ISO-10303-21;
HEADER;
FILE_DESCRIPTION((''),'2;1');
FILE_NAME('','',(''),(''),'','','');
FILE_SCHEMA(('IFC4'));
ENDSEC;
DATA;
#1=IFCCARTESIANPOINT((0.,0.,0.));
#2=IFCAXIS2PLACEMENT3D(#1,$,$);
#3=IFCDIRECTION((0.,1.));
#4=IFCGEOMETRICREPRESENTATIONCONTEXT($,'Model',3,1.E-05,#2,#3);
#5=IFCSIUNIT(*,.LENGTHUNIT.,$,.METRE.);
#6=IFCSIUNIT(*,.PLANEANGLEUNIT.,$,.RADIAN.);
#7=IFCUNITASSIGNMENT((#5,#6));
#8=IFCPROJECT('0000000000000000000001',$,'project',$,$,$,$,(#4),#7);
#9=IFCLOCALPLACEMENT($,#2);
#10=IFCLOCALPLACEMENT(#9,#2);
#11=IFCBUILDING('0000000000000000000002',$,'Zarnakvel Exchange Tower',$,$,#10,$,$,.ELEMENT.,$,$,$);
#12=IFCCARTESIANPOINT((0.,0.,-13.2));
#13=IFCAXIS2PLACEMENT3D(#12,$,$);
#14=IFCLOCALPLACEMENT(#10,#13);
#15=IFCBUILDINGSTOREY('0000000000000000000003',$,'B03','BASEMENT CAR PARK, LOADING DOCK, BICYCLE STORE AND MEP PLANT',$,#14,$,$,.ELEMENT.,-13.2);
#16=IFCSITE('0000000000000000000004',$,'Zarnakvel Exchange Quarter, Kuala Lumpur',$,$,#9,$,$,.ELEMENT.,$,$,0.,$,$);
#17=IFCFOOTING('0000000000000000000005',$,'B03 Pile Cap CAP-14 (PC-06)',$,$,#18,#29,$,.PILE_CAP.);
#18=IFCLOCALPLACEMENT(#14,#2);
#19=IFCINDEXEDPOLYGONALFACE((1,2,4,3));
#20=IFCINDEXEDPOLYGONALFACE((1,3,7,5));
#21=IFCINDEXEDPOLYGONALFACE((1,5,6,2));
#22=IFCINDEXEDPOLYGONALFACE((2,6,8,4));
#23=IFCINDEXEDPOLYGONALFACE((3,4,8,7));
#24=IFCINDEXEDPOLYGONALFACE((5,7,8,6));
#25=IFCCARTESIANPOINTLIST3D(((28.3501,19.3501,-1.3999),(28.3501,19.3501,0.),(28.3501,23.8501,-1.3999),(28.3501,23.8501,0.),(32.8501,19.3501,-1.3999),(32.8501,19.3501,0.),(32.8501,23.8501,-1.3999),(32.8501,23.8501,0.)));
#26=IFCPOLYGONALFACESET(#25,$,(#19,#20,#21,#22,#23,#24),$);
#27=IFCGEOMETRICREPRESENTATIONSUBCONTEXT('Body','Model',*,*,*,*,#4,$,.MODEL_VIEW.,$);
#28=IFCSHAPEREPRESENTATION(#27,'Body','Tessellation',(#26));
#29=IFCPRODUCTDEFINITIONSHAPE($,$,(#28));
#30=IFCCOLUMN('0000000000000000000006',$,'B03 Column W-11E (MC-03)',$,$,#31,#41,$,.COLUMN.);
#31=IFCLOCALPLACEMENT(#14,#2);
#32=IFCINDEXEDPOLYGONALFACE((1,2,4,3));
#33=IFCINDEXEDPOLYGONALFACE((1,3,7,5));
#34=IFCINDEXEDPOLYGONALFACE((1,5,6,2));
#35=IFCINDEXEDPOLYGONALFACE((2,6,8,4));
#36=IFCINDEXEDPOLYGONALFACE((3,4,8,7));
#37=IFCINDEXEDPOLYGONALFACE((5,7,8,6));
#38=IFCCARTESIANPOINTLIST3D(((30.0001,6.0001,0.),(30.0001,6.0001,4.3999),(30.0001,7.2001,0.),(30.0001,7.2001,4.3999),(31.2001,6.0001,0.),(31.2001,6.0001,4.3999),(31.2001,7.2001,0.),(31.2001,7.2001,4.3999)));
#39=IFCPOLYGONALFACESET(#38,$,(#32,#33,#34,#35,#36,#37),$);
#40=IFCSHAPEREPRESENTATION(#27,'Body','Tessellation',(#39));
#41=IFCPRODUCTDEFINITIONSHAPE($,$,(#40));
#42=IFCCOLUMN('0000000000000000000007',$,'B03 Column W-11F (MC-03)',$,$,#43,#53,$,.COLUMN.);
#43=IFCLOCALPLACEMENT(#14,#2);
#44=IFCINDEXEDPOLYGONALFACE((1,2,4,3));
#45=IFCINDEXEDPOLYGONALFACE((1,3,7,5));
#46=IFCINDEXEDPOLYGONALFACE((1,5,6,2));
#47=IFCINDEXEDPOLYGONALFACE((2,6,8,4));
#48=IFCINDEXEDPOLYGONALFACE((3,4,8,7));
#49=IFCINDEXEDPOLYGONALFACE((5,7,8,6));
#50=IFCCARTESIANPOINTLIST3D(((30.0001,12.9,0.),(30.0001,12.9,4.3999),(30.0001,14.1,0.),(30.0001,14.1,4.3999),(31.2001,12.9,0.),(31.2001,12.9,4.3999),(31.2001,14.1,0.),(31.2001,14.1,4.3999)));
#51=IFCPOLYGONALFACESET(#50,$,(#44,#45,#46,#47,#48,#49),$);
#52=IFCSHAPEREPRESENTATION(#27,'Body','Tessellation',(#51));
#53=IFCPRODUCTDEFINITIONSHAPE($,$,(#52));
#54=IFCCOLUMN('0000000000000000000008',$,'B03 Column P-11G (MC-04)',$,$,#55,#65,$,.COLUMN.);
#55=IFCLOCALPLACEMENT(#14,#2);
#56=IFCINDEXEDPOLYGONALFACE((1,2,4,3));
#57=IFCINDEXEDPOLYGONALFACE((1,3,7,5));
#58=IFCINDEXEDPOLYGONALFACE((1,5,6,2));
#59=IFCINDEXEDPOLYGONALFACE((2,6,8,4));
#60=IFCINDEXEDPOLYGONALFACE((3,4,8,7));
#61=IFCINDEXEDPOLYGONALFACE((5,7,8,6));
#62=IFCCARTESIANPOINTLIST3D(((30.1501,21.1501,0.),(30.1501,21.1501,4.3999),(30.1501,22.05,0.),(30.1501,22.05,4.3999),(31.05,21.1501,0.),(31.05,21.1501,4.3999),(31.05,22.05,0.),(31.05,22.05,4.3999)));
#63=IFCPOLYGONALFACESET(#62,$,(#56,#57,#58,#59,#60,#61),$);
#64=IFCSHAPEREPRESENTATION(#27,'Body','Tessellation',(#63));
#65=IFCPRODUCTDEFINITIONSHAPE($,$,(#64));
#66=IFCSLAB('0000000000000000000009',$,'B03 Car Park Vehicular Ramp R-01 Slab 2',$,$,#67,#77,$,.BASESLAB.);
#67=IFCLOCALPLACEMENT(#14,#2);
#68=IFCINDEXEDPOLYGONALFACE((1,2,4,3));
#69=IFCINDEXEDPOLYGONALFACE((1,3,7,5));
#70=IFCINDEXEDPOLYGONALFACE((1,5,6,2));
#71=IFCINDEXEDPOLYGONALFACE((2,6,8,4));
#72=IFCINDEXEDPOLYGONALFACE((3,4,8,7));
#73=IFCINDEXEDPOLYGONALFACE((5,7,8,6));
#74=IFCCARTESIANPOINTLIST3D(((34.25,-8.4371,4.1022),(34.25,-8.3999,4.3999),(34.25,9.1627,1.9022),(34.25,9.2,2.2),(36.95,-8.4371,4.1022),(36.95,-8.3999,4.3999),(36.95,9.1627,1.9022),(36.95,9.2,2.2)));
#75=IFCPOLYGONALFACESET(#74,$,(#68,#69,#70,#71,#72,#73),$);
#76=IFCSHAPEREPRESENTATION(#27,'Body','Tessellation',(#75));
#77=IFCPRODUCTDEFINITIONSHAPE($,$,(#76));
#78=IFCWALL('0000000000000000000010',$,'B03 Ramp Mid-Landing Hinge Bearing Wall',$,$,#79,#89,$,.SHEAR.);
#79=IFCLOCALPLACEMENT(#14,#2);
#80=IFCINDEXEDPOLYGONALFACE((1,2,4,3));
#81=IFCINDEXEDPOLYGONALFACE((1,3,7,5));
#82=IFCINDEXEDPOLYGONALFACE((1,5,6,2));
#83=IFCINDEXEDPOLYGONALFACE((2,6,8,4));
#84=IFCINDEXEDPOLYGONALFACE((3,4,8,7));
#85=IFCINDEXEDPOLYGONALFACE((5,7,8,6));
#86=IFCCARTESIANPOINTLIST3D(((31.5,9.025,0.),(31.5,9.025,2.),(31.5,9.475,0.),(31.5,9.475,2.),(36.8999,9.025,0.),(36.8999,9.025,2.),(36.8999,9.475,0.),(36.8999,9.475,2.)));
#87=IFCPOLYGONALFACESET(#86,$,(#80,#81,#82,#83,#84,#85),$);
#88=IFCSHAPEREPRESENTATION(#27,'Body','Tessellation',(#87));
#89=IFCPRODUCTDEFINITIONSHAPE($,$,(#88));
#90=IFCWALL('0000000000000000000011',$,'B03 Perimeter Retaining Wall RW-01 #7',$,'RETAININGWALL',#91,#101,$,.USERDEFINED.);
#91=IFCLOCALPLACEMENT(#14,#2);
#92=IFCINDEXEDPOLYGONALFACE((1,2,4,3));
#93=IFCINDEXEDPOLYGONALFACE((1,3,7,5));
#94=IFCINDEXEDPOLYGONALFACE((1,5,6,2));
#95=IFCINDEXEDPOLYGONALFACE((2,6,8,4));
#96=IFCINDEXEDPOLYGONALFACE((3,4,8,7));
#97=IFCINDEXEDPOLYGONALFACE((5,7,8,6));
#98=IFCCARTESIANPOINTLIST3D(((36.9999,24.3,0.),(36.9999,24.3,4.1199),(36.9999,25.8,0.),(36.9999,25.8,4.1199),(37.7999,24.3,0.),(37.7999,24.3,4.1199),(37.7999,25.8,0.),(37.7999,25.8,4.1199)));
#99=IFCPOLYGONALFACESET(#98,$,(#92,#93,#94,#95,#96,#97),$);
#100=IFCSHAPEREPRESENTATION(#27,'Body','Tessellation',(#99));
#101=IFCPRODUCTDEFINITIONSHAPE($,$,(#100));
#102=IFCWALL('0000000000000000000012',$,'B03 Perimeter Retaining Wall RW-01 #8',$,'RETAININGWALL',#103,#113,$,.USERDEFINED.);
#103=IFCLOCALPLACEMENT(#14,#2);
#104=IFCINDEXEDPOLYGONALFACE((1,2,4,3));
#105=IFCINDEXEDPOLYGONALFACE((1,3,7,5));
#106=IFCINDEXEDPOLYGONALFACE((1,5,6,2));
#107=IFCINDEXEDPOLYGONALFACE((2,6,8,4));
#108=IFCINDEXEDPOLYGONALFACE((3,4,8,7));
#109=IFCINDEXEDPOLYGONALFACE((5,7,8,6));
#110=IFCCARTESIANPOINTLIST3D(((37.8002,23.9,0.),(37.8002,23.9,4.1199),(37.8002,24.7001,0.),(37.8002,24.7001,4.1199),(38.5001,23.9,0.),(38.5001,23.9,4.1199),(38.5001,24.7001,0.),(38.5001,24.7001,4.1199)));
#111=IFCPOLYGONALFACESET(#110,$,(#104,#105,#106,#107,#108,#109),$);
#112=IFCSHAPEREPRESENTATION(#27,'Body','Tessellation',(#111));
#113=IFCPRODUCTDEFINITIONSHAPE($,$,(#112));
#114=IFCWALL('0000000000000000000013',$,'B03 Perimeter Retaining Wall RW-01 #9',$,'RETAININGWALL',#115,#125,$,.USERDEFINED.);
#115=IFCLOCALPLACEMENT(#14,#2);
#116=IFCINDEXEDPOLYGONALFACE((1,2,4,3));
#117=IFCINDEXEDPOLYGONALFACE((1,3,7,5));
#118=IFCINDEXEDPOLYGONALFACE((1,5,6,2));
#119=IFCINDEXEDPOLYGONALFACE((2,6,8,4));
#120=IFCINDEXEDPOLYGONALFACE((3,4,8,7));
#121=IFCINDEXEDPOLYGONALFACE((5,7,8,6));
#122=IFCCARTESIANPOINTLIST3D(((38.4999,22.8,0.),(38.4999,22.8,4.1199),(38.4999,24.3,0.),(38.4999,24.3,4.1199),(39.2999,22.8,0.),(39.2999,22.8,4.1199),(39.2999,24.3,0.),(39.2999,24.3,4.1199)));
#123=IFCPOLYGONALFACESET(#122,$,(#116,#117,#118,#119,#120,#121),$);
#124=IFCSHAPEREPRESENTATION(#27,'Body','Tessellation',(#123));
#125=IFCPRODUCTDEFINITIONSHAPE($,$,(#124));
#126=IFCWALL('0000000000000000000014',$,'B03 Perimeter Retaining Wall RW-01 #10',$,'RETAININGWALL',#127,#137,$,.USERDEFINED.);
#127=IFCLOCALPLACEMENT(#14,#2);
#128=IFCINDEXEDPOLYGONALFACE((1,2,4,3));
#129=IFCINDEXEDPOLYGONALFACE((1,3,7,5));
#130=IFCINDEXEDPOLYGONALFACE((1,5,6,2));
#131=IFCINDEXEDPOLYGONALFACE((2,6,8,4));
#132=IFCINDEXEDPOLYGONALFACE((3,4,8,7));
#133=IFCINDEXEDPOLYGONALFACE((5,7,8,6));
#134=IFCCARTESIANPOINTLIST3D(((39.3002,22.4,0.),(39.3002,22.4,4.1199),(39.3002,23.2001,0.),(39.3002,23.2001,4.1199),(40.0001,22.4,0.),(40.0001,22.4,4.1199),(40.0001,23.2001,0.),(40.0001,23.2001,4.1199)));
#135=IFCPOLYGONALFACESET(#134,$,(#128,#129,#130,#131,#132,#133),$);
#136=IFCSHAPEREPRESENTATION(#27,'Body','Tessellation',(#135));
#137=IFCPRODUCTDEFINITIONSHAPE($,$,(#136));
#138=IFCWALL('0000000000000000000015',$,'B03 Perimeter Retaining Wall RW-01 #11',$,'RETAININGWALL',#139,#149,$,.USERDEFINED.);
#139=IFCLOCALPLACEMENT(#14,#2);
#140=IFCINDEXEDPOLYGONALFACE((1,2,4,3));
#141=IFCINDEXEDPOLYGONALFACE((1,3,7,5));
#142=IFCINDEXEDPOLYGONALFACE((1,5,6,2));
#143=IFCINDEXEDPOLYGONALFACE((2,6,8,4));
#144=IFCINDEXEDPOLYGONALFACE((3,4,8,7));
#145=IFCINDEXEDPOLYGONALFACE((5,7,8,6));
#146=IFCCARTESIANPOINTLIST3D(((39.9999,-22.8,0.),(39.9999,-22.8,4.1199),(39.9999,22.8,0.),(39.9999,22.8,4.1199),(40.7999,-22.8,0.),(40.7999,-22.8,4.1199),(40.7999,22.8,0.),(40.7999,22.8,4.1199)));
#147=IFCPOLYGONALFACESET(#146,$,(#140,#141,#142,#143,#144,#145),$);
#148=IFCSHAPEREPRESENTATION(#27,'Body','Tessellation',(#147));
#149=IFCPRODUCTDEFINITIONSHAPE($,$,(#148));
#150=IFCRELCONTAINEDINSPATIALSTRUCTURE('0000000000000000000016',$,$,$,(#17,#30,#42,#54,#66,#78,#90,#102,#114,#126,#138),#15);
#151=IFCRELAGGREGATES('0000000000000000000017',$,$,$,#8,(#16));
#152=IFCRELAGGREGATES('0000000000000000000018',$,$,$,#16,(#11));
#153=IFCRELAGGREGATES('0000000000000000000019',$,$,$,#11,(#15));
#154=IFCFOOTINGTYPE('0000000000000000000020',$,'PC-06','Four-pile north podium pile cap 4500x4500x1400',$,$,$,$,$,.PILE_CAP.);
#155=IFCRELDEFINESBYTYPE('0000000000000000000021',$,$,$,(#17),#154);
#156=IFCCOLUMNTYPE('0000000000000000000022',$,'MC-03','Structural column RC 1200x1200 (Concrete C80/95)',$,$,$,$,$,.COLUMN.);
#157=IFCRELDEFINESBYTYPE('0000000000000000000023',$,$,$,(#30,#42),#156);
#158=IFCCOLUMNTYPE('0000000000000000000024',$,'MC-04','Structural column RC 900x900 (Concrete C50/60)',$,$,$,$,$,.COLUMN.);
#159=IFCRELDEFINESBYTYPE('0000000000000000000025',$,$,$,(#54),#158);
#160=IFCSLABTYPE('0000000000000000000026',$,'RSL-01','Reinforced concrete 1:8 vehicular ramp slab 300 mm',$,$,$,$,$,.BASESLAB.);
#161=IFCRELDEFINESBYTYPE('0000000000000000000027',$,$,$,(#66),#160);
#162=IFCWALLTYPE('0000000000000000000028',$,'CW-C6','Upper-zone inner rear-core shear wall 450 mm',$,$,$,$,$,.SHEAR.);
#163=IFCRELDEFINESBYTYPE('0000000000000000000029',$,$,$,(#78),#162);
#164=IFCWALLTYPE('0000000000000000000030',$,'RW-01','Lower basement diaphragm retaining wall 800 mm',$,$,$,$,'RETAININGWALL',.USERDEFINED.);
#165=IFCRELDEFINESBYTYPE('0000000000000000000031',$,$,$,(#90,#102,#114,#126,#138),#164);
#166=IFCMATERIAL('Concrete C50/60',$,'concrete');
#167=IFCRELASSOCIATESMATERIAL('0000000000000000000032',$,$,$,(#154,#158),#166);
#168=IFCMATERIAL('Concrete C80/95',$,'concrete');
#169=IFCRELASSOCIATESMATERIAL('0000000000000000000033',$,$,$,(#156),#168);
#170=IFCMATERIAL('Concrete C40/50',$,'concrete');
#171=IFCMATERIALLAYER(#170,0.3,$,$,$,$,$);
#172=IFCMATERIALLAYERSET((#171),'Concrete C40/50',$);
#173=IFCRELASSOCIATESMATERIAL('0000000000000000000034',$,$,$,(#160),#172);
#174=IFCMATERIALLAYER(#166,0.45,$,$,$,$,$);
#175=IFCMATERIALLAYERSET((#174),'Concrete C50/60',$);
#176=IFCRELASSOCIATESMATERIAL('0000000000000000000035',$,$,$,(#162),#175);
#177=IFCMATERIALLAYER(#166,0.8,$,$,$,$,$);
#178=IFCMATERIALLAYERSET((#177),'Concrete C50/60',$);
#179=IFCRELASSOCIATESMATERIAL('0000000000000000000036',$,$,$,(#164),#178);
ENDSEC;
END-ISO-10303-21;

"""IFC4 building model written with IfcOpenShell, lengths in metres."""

from ifc_helpers import new_model, si_unit, direction, frame, frame_2d, origin, origin_2d, place, context, subcontext, project, spatial, polyline, rectangle, outline, extrude, source, transform, mapped, material, layer, layer_set, material_profile, profile_set, type_object, element, save


model = new_model("IFC4")

# Units and contexts
model_context = context("Model", 3, precision=1e-05, world=origin(), true_north=direction((0.0, 1.0)))
body_context = subcontext(model_context, "Body", "Model", "MODEL_VIEW")
ifc_project = project(units=[si_unit("LENGTHUNIT", "METRE"), si_unit("PLANEANGLEUNIT", "RADIAN")], contexts=[model_context])

# Site, building, storey
site_placement = place(None, origin())
site = spatial("IfcSite", under=ifc_project, at=site_placement, Name="Zarnakvel Exchange Quarter, Kuala Lumpur", CompositionType="ELEMENT", RefElevation=0.0)
building_placement = place(site_placement, origin())
building = spatial("IfcBuilding", under=site, at=building_placement, Name="Zarnakvel Exchange Tower", CompositionType="ELEMENT")
storey_placement = place(building_placement, frame((0.0, 0.0, -13.2)))
storey = spatial("IfcBuildingStorey", under=building, at=storey_placement, Name="B03", Description="BASEMENT CAR PARK, LOADING DOCK, BICYCLE STORE AND MEP PLANT", CompositionType="ELEMENT", Elevation=-13.2)

# Shared definitions
ifc_material_1 = material(Name="Concrete C50/60", Category="concrete")

# Footing
footing_type_1 = type_object("IfcFootingType", Name="PC-06", Description="Four-pile north podium pile cap 4500x4500x1400", PredefinedType="PILE_CAP", material=ifc_material_1)
shared_shape_1 = source(origin(), body_context, "Body", "SweptSolid", [
    extrude(rectangle(XDim=4.5, YDim=4.5, at=origin_2d()), origin(), (0.0, 0.0, 1.0), 1.3999),
])
footing_1_placement = place(storey_placement, frame((30.6001, 21.6001, -1.3999), z_axis=(0.0, 0.0, 1.0), x_axis=(1.0, 0.0, 0.0)))
element("IfcFooting", 1, at=footing_1_placement, inside=storey, type_object=footing_type_1, Name="B03 Pile Cap CAP-14 (PC-06)", PredefinedType="PILE_CAP", context=body_context, shape_type="MappedRepresentation", body=[
    mapped(shared_shape_1, transform((0.0, 0.0, 0.0), x_axis=(1.0, 0.0, 0.0), y_axis=(0.0, 1.0, 0.0), z_axis=(0.0, 0.0, 1.0), scale=1.0)),
])

# Columns
ifc_material_2 = material(Name="Concrete C80/95", Category="concrete")
ifc_material_profile_1 = material_profile(ifc_material_2, rectangle(XDim=1.2, YDim=1.2, at=origin_2d()))
ifc_profile_set_1 = profile_set([ifc_material_profile_1], Name="Concrete C80/95")
column_type_1 = type_object("IfcColumnType", Name="MC-03", Description="Structural column RC 1200x1200 (Concrete C80/95)", PredefinedType="COLUMN", material=ifc_profile_set_1)
for number, where, z_axis, x_axis, name in (
    (2, (30.6001, 6.6001, 0.0), (0.0, 0.0, 1.0), (1.0, 0.0, 0.0), "B03 Column W-11E (MC-03)"),
    (3, (30.6001, 13.5, 0.0), (0.0, 0.0, 1.0), (1.0, 0.0, 0.0), "B03 Column W-11F (MC-03)"),
):
    element("IfcColumn", number, at=place(storey_placement, frame(where, z_axis=z_axis, x_axis=x_axis)), inside=storey, type_object=column_type_1, Name=name, PredefinedType="COLUMN", context=body_context, shape_type="SweptSolid", body=[
        extrude(rectangle(XDim=1.2, YDim=1.2, at=origin_2d()), origin(), (0.0, 0.0, 1.0), 4.3999),
    ])
ifc_material_profile_2 = material_profile(ifc_material_1, rectangle(XDim=0.8999, YDim=0.8999, at=origin_2d()))
ifc_profile_set_2 = profile_set([ifc_material_profile_2], Name="Concrete C50/60")
column_type_2 = type_object("IfcColumnType", Name="MC-04", Description="Structural column RC 900x900 (Concrete C50/60)", PredefinedType="COLUMN", material=ifc_profile_set_2)
column_placement = place(storey_placement, frame((30.6001, 21.6001, 0.0), z_axis=(0.0, 0.0, 1.0), x_axis=(1.0, 0.0, 0.0)))
element("IfcColumn", 4, at=column_placement, inside=storey, type_object=column_type_2, Name="B03 Column P-11G (MC-04)", PredefinedType="COLUMN", context=body_context, shape_type="SweptSolid", body=[
    extrude(rectangle(XDim=0.8999, YDim=0.8999, at=origin_2d()), origin(), (0.0, 0.0, 1.0), 4.3999),
])

# Slab
ifc_material_3 = material(Name="Concrete C40/50", Category="concrete")
ifc_layer_1 = layer(ifc_material_3, 0.3)
ifc_layer_set_1 = layer_set([ifc_layer_1], Name="Concrete C40/50")
slab_type = type_object("IfcSlabType", Name="RSL-01", Description="Reinforced concrete 1:8 vehicular ramp slab 300 mm", PredefinedType="BASESLAB", material=ifc_layer_set_1)
slab_placement = place(storey_placement, frame((34.25, 9.2, 2.2), z_axis=(0.0, 0.124033, 0.992278), x_axis=(1.0, 0.0, 0.0)))
element("IfcSlab", 5, at=slab_placement, inside=storey, type_object=slab_type, Name="B03 Car Park Vehicular Ramp R-01 Slab 2", PredefinedType="BASESLAB", context=body_context, shape_type="SweptSolid", body=[
    extrude(outline(polyline([(0.0, 0.0), (2.7, 0.0), (2.7, -17.7368), (0.0, -17.7368), (0.0, 0.0)])), origin(), (0.0, 0.0, -1.0), 0.3),
])

# Walls
ifc_layer_2 = layer(ifc_material_1, 0.45)
ifc_layer_set_2 = layer_set([ifc_layer_2], Name="Concrete C50/60")
wall_type_1 = type_object("IfcWallType", Name="CW-C6", Description="Upper-zone inner rear-core shear wall 450 mm", PredefinedType="SHEAR", material=ifc_layer_set_2)
wall_1_placement = place(storey_placement, frame((31.5, 9.25, 0.0), z_axis=(0.0, 0.0, 1.0), x_axis=(1.0, 0.0, 0.0)))
element("IfcWall", 6, at=wall_1_placement, inside=storey, type_object=wall_type_1, Name="B03 Ramp Mid-Landing Hinge Bearing Wall", PredefinedType="SHEAR", context=body_context, shape_type="SweptSolid", body=[
    extrude(rectangle(XDim=5.3999, YDim=0.45, at=frame_2d((2.7, 0.0))), origin(), (0.0, 0.0, 1.0), 2.0),
])
ifc_layer_3 = layer(ifc_material_1, 0.8)
ifc_layer_set_3 = layer_set([ifc_layer_3], Name="Concrete C50/60")
wall_type_2 = type_object("IfcWallType", Name="RW-01", Description="Lower basement diaphragm retaining wall 800 mm", ElementType="RETAININGWALL", PredefinedType="USERDEFINED", material=ifc_layer_set_3)
wall_2_placement = place(storey_placement, frame((37.3999, 25.8, 0.0), z_axis=(0.0, 0.0, 1.0), x_axis=(0.0, -1.0, 0.0)))
element("IfcWall", 7, at=wall_2_placement, inside=storey, type_object=wall_type_2, Name="B03 Perimeter Retaining Wall RW-01 #7", ObjectType="RETAININGWALL", PredefinedType="USERDEFINED", context=body_context, shape_type="SweptSolid", body=[
    extrude(rectangle(XDim=1.5, YDim=0.8, at=frame_2d((0.75, 0.0))), origin(), (0.0, 0.0, 1.0), 4.1199),
])
wall_3_placement = place(storey_placement, frame((37.8, 24.3, 0.0), z_axis=(0.0, 0.0, 1.0), x_axis=(1.0, 0.0, 0.0)))
element("IfcWall", 8, at=wall_3_placement, inside=storey, type_object=wall_type_2, Name="B03 Perimeter Retaining Wall RW-01 #8", ObjectType="RETAININGWALL", PredefinedType="USERDEFINED", context=body_context, shape_type="SweptSolid", body=[
    extrude(rectangle(XDim=0.7, YDim=0.8, at=frame_2d((0.3501, 0.0))), origin(), (0.0, 0.0, 1.0), 4.1199),
])
wall_4_placement = place(storey_placement, frame((38.8999, 24.3, 0.0), z_axis=(0.0, 0.0, 1.0), x_axis=(0.0, -1.0, 0.0)))
element("IfcWall", 9, at=wall_4_placement, inside=storey, type_object=wall_type_2, Name="B03 Perimeter Retaining Wall RW-01 #9", ObjectType="RETAININGWALL", PredefinedType="USERDEFINED", context=body_context, shape_type="SweptSolid", body=[
    extrude(rectangle(XDim=1.5, YDim=0.8, at=frame_2d((0.75, 0.0))), origin(), (0.0, 0.0, 1.0), 4.1199),
])
wall_5_placement = place(storey_placement, frame((39.3, 22.8, 0.0), z_axis=(0.0, 0.0, 1.0), x_axis=(1.0, 0.0, 0.0)))
element("IfcWall", 10, at=wall_5_placement, inside=storey, type_object=wall_type_2, Name="B03 Perimeter Retaining Wall RW-01 #10", ObjectType="RETAININGWALL", PredefinedType="USERDEFINED", context=body_context, shape_type="SweptSolid", body=[
    extrude(rectangle(XDim=0.7, YDim=0.8, at=frame_2d((0.3501, 0.0))), origin(), (0.0, 0.0, 1.0), 4.1199),
])
wall_6_placement = place(storey_placement, frame((40.3999, 22.8, 0.0), z_axis=(0.0, 0.0, 1.0), x_axis=(0.0, -1.0, 0.0)))
element("IfcWall", 11, at=wall_6_placement, inside=storey, type_object=wall_type_2, Name="B03 Perimeter Retaining Wall RW-01 #11", ObjectType="RETAININGWALL", PredefinedType="USERDEFINED", context=body_context, shape_type="SweptSolid", body=[
    extrude(rectangle(XDim=45.6001, YDim=0.8, at=frame_2d((22.8, 0.0))), origin(), (0.0, 0.0, 1.0), 4.1199),
])

save(model, "model.ifc")
